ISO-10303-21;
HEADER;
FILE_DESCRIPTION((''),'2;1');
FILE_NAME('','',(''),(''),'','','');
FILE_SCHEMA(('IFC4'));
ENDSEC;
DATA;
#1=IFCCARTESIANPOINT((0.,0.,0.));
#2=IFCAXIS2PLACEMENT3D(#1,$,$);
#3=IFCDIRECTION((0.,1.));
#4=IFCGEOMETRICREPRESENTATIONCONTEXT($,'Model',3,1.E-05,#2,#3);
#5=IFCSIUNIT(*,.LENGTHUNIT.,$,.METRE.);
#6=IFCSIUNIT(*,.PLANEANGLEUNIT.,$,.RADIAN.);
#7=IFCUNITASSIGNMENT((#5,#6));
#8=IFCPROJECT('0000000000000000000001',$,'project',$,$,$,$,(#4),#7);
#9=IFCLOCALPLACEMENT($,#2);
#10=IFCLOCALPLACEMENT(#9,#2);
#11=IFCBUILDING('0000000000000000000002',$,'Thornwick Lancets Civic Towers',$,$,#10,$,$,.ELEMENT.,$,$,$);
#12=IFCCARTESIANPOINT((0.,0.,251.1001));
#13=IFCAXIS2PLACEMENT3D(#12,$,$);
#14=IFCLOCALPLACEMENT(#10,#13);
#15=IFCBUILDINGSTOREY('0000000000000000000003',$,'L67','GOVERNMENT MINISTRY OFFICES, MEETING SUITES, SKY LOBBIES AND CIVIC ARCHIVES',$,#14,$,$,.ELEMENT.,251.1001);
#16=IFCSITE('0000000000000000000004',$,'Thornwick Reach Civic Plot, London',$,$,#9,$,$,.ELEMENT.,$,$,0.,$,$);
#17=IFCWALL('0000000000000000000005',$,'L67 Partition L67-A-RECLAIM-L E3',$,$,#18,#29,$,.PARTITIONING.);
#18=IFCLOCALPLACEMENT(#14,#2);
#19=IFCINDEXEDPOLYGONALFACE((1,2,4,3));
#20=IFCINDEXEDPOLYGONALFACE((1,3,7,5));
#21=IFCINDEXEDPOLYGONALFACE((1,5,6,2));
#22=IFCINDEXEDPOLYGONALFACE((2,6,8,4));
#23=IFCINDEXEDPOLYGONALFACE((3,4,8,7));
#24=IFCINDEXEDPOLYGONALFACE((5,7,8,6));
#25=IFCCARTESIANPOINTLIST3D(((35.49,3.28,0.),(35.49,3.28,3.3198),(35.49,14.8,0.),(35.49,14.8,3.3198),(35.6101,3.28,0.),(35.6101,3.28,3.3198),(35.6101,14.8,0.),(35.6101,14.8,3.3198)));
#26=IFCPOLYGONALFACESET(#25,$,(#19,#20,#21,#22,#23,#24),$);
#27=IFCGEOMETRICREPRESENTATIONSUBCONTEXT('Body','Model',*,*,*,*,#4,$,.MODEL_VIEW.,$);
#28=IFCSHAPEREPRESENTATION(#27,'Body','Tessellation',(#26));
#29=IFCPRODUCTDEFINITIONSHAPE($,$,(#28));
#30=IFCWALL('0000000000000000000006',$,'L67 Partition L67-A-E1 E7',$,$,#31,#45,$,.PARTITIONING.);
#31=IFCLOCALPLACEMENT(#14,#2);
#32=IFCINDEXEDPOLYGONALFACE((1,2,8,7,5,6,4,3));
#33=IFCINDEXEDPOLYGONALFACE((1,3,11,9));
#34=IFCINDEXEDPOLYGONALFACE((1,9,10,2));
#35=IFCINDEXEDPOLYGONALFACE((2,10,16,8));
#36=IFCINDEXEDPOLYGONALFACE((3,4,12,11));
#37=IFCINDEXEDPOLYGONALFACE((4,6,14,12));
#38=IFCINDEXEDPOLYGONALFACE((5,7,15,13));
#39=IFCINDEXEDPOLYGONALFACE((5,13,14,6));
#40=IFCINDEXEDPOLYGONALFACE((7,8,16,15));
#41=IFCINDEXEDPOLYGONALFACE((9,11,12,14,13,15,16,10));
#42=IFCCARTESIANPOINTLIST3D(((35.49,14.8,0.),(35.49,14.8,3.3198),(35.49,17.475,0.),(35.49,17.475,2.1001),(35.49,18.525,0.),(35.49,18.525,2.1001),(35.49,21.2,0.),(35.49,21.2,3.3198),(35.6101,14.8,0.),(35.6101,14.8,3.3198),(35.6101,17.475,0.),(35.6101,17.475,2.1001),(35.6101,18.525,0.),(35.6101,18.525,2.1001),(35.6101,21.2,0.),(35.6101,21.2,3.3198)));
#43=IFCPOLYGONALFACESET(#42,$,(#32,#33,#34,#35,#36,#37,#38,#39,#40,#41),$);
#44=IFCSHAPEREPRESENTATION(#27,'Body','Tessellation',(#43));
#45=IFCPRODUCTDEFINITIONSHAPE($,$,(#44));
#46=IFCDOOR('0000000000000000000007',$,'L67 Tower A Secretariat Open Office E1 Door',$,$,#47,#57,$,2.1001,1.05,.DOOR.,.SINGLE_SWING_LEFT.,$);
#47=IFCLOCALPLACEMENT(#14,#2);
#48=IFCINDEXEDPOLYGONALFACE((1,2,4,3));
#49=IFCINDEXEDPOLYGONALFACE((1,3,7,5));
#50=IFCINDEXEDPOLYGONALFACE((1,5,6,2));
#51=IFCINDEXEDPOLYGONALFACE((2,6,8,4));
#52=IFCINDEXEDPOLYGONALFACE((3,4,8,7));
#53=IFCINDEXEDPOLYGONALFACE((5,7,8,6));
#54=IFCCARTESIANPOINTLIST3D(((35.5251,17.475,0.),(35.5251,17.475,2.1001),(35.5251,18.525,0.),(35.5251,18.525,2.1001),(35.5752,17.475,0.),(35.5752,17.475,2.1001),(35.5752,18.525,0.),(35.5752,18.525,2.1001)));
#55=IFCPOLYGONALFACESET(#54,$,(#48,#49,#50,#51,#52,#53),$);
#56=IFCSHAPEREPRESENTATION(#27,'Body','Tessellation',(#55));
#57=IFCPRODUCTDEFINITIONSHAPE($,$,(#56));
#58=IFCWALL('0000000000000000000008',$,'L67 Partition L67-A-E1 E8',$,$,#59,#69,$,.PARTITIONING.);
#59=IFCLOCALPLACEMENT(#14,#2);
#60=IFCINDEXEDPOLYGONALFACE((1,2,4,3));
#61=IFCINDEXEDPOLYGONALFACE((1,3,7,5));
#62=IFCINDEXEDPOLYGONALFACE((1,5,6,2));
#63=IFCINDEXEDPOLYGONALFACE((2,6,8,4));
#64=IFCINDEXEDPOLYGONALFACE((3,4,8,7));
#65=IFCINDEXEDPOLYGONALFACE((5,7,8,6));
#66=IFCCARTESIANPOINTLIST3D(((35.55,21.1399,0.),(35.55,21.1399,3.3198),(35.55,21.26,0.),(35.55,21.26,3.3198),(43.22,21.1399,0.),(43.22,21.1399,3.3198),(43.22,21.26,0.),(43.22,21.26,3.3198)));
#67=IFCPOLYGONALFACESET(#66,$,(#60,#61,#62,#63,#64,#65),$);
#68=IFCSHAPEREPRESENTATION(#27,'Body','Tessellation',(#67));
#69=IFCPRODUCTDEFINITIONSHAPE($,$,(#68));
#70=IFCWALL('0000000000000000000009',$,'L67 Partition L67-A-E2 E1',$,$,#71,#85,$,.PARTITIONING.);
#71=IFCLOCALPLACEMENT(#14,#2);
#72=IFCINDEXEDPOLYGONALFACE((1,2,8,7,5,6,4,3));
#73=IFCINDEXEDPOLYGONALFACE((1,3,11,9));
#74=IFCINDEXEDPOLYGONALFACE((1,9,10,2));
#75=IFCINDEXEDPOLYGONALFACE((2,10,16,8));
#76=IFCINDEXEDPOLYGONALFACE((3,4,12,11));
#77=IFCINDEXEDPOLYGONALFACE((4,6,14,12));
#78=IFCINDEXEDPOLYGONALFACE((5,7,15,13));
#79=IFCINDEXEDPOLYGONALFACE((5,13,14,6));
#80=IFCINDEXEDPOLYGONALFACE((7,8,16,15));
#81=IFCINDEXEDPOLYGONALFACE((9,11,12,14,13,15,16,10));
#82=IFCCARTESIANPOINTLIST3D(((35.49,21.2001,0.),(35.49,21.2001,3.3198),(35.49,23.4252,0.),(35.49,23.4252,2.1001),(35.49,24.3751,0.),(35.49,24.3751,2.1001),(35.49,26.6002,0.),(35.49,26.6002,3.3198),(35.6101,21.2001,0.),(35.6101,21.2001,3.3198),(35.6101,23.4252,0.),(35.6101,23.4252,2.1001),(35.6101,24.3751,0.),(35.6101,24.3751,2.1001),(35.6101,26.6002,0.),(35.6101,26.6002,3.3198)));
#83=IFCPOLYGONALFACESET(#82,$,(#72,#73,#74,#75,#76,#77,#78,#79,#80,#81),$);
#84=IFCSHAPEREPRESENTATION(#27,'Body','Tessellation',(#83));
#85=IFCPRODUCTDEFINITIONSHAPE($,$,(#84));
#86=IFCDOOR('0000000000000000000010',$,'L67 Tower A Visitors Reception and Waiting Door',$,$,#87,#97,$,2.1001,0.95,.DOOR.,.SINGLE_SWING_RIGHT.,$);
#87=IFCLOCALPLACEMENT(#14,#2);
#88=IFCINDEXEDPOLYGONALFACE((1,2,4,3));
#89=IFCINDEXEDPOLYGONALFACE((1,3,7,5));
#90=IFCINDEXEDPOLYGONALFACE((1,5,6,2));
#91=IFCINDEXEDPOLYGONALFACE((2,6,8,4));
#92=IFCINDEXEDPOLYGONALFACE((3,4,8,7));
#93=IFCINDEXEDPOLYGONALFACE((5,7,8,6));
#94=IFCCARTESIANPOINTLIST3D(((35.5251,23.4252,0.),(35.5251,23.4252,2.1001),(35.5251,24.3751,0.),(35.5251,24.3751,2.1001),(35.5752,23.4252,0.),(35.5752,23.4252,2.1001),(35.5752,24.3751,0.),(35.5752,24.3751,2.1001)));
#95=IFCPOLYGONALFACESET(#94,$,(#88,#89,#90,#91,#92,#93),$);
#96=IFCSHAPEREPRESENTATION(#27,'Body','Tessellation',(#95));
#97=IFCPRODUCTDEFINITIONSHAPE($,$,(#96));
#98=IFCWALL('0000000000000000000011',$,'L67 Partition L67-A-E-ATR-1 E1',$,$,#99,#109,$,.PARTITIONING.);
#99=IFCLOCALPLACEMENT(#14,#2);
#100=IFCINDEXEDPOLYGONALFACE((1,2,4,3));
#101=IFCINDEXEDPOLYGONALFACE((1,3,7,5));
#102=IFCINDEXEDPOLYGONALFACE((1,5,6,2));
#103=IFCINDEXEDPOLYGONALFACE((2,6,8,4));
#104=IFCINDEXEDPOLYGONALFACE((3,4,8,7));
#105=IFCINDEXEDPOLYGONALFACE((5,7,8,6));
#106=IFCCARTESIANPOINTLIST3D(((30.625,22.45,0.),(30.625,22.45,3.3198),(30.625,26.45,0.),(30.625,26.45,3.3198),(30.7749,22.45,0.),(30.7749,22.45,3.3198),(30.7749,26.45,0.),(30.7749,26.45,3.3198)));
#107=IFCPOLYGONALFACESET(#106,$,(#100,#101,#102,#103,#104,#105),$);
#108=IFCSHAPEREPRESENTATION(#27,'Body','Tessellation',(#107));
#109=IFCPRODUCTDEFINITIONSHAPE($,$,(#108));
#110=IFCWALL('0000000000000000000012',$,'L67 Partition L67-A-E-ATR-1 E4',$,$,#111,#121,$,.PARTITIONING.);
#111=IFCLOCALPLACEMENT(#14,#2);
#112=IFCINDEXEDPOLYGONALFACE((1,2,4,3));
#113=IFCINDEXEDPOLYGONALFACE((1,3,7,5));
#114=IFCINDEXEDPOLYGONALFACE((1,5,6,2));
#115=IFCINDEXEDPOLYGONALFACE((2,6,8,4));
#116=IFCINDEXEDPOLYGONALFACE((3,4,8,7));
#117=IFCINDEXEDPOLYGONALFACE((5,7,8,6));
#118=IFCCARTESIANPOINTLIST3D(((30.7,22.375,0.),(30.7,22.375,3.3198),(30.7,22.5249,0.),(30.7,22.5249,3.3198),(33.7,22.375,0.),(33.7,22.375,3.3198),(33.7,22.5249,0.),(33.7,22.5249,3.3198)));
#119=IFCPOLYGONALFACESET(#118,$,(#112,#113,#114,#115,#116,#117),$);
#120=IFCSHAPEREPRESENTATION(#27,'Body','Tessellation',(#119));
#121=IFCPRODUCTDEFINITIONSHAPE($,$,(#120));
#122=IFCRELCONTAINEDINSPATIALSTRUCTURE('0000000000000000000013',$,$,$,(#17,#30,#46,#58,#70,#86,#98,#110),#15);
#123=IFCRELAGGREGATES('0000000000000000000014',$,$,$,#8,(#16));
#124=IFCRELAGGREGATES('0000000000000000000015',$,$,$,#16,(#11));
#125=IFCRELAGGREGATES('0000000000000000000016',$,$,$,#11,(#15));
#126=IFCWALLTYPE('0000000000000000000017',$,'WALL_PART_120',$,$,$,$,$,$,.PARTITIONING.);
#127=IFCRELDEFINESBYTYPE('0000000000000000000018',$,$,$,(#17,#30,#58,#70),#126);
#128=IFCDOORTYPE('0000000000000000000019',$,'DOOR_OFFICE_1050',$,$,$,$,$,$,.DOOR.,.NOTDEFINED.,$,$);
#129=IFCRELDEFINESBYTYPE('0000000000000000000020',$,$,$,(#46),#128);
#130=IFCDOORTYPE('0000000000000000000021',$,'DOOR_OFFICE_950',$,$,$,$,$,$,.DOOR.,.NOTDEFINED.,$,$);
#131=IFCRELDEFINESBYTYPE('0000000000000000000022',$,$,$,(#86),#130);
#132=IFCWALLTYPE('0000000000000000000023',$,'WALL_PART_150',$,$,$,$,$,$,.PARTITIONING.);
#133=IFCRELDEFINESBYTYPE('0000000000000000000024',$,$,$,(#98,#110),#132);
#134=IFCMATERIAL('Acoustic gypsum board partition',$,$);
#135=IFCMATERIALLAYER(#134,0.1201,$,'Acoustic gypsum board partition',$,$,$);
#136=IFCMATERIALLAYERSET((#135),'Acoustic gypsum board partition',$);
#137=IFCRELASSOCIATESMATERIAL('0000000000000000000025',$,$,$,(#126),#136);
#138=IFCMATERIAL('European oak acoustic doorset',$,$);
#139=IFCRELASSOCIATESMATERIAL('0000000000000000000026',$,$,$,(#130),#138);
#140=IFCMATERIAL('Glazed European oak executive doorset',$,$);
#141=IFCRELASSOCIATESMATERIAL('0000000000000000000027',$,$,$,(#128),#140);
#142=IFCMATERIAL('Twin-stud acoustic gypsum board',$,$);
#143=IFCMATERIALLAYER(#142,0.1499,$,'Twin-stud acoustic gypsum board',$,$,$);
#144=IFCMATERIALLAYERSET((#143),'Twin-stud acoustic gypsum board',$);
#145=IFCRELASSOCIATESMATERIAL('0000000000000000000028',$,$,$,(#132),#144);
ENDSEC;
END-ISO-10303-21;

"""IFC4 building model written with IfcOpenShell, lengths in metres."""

from ifc_helpers import new_model, si_unit, direction, frame, frame_2d, origin, place, context, subcontext, project, spatial, rectangle, extrude, material, layer, layer_set, type_object, element, fill, save


model = new_model("IFC4")

# Units and contexts
model_context = context("Model", 3, precision=1e-05, world=origin(), true_north=direction((0.0, 1.0)))
body_context = subcontext(model_context, "Body", "Model", "MODEL_VIEW")
ifc_project = project(units=[si_unit("LENGTHUNIT", "METRE"), si_unit("PLANEANGLEUNIT", "RADIAN")], contexts=[model_context])

# Site, building, storey
site_placement = place(None, origin())
site = spatial("IfcSite", under=ifc_project, at=site_placement, Name="Thornwick Reach Civic Plot, London", CompositionType="ELEMENT", RefElevation=0.0)
building_placement = place(site_placement, origin())
building = spatial("IfcBuilding", under=site, at=building_placement, Name="Thornwick Lancets Civic Towers", CompositionType="ELEMENT")
storey_placement = place(building_placement, frame((0.0, 0.0, 251.1001)))
storey = spatial("IfcBuildingStorey", under=building, at=storey_placement, Name="L67", Description="GOVERNMENT MINISTRY OFFICES, MEETING SUITES, SKY LOBBIES AND CIVIC ARCHIVES", CompositionType="ELEMENT", Elevation=251.1001)

# Shared definitions
ifc_material_1 = material(Name="Acoustic gypsum board partition")
ifc_layer_1 = layer(ifc_material_1, 0.1201, Name="Acoustic gypsum board partition")
ifc_layer_set_1 = layer_set([ifc_layer_1], Name="Acoustic gypsum board partition")
wall_type_1 = type_object("IfcWallType", Name="WALL_PART_120", PredefinedType="PARTITIONING", material=ifc_layer_set_1)

# Shared definitions
ifc_material_2 = material(Name="European oak acoustic doorset")
door_type_1 = type_object("IfcDoorType", Name="DOOR_OFFICE_950", OperationType="NOTDEFINED", PredefinedType="DOOR", material=ifc_material_2)

# Wall
wall_1_placement = place(storey_placement, frame((35.55, 14.8, 0.0), z_axis=(0.0, 0.0, 1.0), x_axis=(0.0, -1.0, 0.0)))
element("IfcWall", 1, at=wall_1_placement, inside=storey, type_object=wall_type_1, Name="L67 Partition L67-A-RECLAIM-L E3", PredefinedType="PARTITIONING", context=body_context, shape_type="SweptSolid", body=[
    extrude(rectangle(XDim=11.52, YDim=0.1201, at=frame_2d((5.76, 0.0))), origin(), (0.0, 0.0, 1.0), 3.3198),
])

# Wall, opening, door
wall_2_placement = place(storey_placement, frame((35.55, 14.8, 0.0), z_axis=(0.0, 0.0, 1.0), x_axis=(0.0, 1.0, 0.0)))
wall_2 = element("IfcWall", 2, at=wall_2_placement, inside=storey, type_object=wall_type_1, Name="L67 Partition L67-A-E1 E7", PredefinedType="PARTITIONING", context=body_context, shape_type="SweptSolid", body=[
    extrude(rectangle(XDim=6.3999, YDim=0.1201, at=frame_2d((3.2, 0.0))), origin(), (0.0, 0.0, 1.0), 3.3198),
])
opening_1_placement = place(wall_2_placement, frame((2.675, 0.0, 0.0)))
opening_1 = element("IfcOpeningElement", 3, at=opening_1_placement, cuts=wall_2, PredefinedType="OPENING", context=body_context, shape_type="SweptSolid", body=[
    extrude(rectangle(XDim=1.05, YDim=2.1001, at=frame_2d((0.5249, 1.05))), frame((0.0, 0.0701, 0.0), z_axis=(0.0, -1.0, 0.0), x_axis=(1.0, 0.0, 0.0)), (0.0, 0.0, 1.0), 0.1401),
])
ifc_material_3 = material(Name="Glazed European oak executive doorset")
door_type_2 = type_object("IfcDoorType", Name="DOOR_OFFICE_1050", OperationType="NOTDEFINED", PredefinedType="DOOR", material=ifc_material_3)
door_1_placement = place(opening_1_placement, origin())
door_1 = element("IfcDoor", 4, at=door_1_placement, inside=storey, type_object=door_type_2, Name="L67 Tower A Secretariat Open Office E1 Door", OperationType="SINGLE_SWING_LEFT", OverallHeight=2.1001, OverallWidth=1.05, PredefinedType="DOOR", context=body_context, shape_type="SweptSolid", body=[
    extrude(rectangle(XDim=1.05, YDim=2.1001, at=frame_2d((0.5249, 1.05))), frame((0.0, 0.0249, 0.0), z_axis=(0.0, -1.0, 0.0), x_axis=(1.0, 0.0, 0.0)), (0.0, 0.0, 1.0), 0.05),
])
fill(opening_1, door_1)

# Wall
wall_3_placement = place(storey_placement, frame((35.55, 21.2, 0.0), z_axis=(0.0, 0.0, 1.0), x_axis=(1.0, 0.0, 0.0)))
element("IfcWall", 5, at=wall_3_placement, inside=storey, type_object=wall_type_1, Name="L67 Partition L67-A-E1 E8", PredefinedType="PARTITIONING", context=body_context, shape_type="SweptSolid", body=[
    extrude(rectangle(XDim=7.6699, YDim=0.1201, at=frame_2d((3.835, 0.0))), origin(), (0.0, 0.0, 1.0), 3.3198),
])

# Wall, opening, door
wall_4_placement = place(storey_placement, frame((35.55, 21.2, 0.0), z_axis=(0.0, 0.0, 1.0), x_axis=(0.0, 1.0, 0.0)))
wall_4 = element("IfcWall", 6, at=wall_4_placement, inside=storey, type_object=wall_type_1, Name="L67 Partition L67-A-E2 E1", PredefinedType="PARTITIONING", context=body_context, shape_type="SweptSolid", body=[
    extrude(rectangle(XDim=5.4001, YDim=0.1201, at=frame_2d((2.7002, 0.0))), origin(), (0.0, 0.0, 1.0), 3.3198),
])
opening_2_placement = place(wall_4_placement, frame((2.2251, 0.0, 0.0)))
opening_2 = element("IfcOpeningElement", 7, at=opening_2_placement, cuts=wall_4, PredefinedType="OPENING", context=body_context, shape_type="SweptSolid", body=[
    extrude(rectangle(XDim=0.95, YDim=2.1001, at=frame_2d((0.4751, 1.05))), frame((0.0, 0.0701, 0.0), z_axis=(0.0, -1.0, 0.0), x_axis=(1.0, 0.0, 0.0)), (0.0, 0.0, 1.0), 0.1401),
])
door_2_placement = place(opening_2_placement, origin())
door_2 = element("IfcDoor", 8, at=door_2_placement, inside=storey, type_object=door_type_1, Name="L67 Tower A Visitors Reception and Waiting Door", OperationType="SINGLE_SWING_RIGHT", OverallHeight=2.1001, OverallWidth=0.95, PredefinedType="DOOR", context=body_context, shape_type="SweptSolid", body=[
    extrude(rectangle(XDim=0.95, YDim=2.1001, at=frame_2d((0.4751, 1.05))), frame((0.0, 0.0249, 0.0), z_axis=(0.0, -1.0, 0.0), x_axis=(1.0, 0.0, 0.0)), (0.0, 0.0, 1.0), 0.05),
])
fill(opening_2, door_2)

# Walls
ifc_material_4 = material(Name="Twin-stud acoustic gypsum board")
ifc_layer_2 = layer(ifc_material_4, 0.1499, Name="Twin-stud acoustic gypsum board")
ifc_layer_set_2 = layer_set([ifc_layer_2], Name="Twin-stud acoustic gypsum board")
wall_type_2 = type_object("IfcWallType", Name="WALL_PART_150", PredefinedType="PARTITIONING", material=ifc_layer_set_2)
wall_5_placement = place(storey_placement, frame((30.7, 22.45, 0.0), z_axis=(0.0, 0.0, 1.0), x_axis=(0.0, 1.0, 0.0)))
element("IfcWall", 9, at=wall_5_placement, inside=storey, type_object=wall_type_2, Name="L67 Partition L67-A-E-ATR-1 E1", PredefinedType="PARTITIONING", context=body_context, shape_type="SweptSolid", body=[
    extrude(rectangle(XDim=4.0, YDim=0.1499, at=frame_2d((2.0, 0.0))), origin(), (0.0, 0.0, 1.0), 3.3198),
])
wall_6_placement = place(storey_placement, frame((33.7, 22.45, 0.0), z_axis=(0.0, 0.0, 1.0), x_axis=(-1.0, 0.0, 0.0)))
element("IfcWall", 10, at=wall_6_placement, inside=storey, type_object=wall_type_2, Name="L67 Partition L67-A-E-ATR-1 E4", PredefinedType="PARTITIONING", context=body_context, shape_type="SweptSolid", body=[
    extrude(rectangle(XDim=3.0, YDim=0.1499, at=frame_2d((1.5, 0.0))), origin(), (0.0, 0.0, 1.0), 3.3198),
])

save(model, "model.ifc")
